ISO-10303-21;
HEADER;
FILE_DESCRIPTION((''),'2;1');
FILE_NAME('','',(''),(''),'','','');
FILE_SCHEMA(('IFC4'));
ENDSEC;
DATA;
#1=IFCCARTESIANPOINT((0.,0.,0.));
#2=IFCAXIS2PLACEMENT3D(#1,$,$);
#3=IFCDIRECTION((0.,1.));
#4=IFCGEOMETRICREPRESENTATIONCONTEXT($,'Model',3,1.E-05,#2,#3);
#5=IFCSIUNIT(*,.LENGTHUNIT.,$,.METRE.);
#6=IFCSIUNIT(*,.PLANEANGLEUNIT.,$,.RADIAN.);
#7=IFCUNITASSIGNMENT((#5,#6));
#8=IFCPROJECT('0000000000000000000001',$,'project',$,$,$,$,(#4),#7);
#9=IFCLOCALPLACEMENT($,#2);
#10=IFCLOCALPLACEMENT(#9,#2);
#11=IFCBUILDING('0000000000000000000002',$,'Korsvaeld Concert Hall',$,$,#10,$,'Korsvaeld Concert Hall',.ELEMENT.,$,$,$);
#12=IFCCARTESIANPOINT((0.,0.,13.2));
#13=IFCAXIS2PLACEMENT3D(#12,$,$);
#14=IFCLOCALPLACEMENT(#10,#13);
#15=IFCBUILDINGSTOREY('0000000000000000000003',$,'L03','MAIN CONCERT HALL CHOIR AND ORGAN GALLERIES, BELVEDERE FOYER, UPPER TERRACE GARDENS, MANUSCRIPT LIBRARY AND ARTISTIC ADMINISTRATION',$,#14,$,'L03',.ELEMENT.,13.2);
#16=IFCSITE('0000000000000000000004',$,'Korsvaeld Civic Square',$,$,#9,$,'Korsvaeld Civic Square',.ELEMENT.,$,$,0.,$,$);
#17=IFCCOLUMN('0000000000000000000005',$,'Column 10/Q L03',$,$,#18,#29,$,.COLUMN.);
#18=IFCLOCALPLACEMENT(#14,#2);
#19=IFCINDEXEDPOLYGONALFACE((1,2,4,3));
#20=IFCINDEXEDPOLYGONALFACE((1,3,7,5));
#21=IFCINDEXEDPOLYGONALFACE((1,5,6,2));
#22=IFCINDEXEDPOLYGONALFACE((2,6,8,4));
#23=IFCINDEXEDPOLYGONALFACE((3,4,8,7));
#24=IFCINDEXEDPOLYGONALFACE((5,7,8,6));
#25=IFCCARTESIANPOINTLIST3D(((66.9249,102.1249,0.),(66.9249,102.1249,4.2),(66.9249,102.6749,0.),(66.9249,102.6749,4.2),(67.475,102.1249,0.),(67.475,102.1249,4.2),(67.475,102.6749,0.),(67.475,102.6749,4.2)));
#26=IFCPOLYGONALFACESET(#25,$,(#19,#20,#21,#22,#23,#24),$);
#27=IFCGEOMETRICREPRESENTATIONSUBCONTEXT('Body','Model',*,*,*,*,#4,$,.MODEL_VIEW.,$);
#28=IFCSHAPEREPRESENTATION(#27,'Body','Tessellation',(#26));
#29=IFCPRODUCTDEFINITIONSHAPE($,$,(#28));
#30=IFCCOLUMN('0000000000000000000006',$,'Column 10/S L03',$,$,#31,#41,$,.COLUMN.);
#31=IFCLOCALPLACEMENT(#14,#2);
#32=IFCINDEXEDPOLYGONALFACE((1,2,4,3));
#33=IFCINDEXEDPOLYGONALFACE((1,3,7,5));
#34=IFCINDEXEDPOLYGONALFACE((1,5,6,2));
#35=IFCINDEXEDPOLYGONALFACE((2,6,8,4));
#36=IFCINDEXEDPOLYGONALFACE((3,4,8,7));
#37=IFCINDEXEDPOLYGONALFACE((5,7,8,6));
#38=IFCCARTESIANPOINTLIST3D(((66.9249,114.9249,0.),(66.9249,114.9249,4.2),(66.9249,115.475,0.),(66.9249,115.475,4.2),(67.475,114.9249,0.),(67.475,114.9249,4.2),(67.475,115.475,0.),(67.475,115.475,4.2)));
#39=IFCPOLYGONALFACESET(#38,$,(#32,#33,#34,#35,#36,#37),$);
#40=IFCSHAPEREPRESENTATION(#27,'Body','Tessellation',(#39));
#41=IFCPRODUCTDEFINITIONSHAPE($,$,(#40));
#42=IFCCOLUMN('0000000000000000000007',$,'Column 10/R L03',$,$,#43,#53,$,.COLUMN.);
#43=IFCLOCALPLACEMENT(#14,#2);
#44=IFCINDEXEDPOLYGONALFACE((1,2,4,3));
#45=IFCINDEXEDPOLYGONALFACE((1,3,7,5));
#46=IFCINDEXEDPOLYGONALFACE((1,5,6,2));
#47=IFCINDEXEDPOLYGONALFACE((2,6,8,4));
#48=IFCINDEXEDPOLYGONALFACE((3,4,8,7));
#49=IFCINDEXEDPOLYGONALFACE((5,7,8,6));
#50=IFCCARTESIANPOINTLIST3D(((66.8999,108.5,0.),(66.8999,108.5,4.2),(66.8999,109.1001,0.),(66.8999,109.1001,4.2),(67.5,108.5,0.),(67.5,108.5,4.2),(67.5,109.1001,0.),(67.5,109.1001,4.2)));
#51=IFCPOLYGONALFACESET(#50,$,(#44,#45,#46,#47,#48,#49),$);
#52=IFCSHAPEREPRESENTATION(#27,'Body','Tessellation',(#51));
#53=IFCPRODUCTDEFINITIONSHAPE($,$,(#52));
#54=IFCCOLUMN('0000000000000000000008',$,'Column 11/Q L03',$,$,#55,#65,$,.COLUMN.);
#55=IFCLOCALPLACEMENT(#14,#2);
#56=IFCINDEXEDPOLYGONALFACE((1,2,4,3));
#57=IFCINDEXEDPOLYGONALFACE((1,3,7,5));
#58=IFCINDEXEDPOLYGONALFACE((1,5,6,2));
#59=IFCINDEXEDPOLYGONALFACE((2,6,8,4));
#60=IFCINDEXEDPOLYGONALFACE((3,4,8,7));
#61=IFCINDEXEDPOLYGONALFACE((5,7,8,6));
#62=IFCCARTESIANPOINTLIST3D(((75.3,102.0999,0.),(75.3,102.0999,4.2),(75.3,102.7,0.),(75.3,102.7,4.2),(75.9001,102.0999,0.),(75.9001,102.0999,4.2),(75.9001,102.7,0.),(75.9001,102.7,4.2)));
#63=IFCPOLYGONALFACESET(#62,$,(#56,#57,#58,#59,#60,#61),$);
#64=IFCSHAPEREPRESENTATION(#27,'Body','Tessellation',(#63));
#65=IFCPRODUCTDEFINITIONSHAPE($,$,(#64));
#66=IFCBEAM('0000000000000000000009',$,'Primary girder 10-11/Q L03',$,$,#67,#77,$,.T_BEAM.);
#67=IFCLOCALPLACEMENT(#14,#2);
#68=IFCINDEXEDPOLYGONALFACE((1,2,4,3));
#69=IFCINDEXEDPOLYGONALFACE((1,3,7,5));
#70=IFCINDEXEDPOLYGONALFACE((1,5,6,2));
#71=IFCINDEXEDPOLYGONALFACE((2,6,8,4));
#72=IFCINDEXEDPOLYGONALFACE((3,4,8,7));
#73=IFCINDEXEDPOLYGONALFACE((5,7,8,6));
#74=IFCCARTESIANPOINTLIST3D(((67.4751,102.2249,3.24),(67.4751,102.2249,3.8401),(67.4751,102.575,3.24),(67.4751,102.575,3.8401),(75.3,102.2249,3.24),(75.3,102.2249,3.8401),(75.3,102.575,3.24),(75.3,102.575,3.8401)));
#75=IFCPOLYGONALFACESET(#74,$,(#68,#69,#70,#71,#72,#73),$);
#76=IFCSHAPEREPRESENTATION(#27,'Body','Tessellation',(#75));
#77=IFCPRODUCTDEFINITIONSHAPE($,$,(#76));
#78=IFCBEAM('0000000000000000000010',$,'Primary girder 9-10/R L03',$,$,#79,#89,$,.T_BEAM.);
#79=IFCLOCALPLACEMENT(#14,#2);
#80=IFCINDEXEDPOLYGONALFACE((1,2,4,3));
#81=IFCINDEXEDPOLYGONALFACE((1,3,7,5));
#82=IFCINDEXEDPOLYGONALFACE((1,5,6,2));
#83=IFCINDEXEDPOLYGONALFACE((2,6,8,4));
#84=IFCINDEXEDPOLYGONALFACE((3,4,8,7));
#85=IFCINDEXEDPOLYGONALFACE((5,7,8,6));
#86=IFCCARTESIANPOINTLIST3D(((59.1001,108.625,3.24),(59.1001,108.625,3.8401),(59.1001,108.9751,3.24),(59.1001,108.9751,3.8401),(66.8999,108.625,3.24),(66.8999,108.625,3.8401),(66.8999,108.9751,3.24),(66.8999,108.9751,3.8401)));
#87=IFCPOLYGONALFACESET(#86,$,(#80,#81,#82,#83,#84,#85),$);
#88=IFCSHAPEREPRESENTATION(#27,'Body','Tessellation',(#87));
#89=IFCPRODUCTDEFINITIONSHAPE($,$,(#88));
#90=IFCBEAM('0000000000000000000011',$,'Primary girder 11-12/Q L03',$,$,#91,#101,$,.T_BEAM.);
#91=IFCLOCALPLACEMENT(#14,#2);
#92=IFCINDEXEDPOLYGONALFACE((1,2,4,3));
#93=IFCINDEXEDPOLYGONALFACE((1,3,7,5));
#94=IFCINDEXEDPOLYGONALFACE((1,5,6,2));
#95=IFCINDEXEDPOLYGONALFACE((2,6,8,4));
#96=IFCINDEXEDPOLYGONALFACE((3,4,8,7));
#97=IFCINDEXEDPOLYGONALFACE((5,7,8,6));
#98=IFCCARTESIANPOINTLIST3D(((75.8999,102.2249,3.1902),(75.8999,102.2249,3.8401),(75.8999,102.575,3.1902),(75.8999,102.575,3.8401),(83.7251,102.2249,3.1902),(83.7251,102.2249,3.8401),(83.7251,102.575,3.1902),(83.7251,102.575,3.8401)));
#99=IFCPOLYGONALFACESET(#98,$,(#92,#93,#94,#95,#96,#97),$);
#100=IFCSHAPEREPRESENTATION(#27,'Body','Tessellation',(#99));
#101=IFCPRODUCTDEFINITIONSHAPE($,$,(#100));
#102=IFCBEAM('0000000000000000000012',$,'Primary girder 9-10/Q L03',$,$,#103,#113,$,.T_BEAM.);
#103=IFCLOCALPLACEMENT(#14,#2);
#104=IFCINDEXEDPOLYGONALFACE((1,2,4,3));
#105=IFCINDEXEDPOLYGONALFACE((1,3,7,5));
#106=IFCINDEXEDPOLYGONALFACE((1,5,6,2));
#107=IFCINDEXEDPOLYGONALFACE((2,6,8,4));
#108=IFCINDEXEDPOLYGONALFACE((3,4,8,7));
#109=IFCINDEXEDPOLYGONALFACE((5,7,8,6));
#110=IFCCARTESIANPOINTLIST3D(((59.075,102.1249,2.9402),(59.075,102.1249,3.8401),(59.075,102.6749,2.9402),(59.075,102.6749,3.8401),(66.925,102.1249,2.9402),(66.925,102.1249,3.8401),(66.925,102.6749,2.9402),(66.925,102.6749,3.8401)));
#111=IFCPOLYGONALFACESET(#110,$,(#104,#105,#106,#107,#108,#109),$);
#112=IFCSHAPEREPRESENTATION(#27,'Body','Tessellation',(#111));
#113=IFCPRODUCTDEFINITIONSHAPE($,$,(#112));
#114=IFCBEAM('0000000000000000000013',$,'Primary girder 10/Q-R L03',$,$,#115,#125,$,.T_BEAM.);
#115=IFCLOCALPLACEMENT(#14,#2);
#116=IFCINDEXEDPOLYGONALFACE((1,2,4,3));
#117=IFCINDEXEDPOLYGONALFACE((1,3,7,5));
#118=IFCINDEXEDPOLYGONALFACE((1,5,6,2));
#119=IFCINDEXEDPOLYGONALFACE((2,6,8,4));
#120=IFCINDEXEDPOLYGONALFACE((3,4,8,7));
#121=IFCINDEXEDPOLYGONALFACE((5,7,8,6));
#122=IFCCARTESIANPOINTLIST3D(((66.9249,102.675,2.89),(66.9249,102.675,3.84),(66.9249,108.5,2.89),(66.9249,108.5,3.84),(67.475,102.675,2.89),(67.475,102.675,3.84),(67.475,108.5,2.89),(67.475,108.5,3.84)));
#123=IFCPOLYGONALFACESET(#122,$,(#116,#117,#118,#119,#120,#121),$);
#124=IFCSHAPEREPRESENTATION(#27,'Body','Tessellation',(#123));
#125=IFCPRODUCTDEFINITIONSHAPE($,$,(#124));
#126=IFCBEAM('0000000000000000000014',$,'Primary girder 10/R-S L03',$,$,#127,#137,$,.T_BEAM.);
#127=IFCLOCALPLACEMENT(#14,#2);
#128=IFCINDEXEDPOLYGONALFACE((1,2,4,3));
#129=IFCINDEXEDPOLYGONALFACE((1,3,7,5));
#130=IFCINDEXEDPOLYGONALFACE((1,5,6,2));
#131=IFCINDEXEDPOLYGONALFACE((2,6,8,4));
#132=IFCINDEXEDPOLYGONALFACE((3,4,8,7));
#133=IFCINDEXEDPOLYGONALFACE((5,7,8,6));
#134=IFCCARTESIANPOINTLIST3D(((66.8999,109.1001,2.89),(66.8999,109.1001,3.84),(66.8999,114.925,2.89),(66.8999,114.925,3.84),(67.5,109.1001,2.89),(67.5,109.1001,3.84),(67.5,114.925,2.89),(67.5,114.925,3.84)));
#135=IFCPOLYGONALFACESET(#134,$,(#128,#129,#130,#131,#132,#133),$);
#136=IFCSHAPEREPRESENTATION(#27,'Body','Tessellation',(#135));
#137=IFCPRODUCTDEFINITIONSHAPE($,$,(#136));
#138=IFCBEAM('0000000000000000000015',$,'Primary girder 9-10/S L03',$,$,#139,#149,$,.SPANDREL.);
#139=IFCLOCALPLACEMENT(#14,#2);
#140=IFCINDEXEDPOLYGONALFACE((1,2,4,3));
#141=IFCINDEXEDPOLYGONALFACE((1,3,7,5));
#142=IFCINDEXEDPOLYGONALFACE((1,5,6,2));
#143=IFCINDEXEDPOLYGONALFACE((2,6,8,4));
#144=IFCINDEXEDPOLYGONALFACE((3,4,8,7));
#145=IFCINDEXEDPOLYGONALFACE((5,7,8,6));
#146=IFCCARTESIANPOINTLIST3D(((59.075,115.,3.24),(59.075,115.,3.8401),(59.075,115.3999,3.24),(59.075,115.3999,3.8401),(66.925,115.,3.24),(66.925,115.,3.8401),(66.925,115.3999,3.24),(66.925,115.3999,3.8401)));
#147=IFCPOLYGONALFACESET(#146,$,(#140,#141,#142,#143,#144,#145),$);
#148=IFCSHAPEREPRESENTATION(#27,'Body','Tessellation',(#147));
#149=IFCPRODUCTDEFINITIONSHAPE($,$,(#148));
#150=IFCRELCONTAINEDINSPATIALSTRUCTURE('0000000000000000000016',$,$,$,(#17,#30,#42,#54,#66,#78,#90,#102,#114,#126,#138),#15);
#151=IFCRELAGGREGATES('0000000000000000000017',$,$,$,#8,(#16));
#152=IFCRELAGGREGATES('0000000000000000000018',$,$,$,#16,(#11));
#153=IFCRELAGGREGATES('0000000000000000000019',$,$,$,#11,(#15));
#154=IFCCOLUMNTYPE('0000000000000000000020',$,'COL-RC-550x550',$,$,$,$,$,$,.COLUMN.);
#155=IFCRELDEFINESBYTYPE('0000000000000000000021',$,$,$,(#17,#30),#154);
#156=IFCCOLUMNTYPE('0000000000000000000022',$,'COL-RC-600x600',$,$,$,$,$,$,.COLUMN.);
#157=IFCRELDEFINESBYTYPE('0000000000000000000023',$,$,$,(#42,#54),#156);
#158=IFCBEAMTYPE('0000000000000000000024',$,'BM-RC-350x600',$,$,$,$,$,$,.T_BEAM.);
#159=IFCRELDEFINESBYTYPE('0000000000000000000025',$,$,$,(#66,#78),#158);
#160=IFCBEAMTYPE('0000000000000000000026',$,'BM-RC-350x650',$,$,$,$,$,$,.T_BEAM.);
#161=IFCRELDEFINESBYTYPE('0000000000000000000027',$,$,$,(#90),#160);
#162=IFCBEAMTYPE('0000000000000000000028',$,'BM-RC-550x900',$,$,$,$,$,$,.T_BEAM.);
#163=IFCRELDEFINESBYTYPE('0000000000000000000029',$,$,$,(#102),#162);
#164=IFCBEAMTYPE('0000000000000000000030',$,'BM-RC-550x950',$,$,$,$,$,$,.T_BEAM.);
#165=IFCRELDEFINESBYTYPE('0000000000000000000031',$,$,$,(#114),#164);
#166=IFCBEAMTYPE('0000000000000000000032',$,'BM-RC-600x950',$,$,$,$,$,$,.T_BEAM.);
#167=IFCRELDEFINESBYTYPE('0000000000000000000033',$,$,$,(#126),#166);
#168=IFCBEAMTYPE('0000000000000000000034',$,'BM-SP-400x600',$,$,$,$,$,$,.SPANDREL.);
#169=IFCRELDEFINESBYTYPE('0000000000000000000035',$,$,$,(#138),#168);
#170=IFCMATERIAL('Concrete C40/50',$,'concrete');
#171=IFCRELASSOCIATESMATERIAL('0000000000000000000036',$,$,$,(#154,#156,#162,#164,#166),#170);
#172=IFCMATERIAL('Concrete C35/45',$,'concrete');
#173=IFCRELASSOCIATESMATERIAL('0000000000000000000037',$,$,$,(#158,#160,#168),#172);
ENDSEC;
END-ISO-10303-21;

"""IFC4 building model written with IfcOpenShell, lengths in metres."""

from ifc_helpers import new_model, si_unit, direction, frame, origin, origin_2d, place, context, subcontext, project, spatial, rectangle, extrude, material, material_profile, profile_set, type_object, element, save


model = new_model("IFC4")

# Units and contexts
model_context = context("Model", 3, precision=1e-05, world=origin(), true_north=direction((0.0, 1.0)))
body_context = subcontext(model_context, "Body", "Model", "MODEL_VIEW")
ifc_project = project(units=[si_unit("LENGTHUNIT", "METRE"), si_unit("PLANEANGLEUNIT", "RADIAN")], contexts=[model_context])

# Site, building, storey
site_placement = place(None, origin())
site = spatial("IfcSite", under=ifc_project, at=site_placement, Name="Korsvaeld Civic Square", LongName="Korsvaeld Civic Square", CompositionType="ELEMENT", RefElevation=0.0)
building_placement = place(site_placement, origin())
building = spatial("IfcBuilding", under=site, at=building_placement, Name="Korsvaeld Concert Hall", LongName="Korsvaeld Concert Hall", CompositionType="ELEMENT")
storey_placement = place(building_placement, frame((0.0, 0.0, 13.2)))
storey = spatial("IfcBuildingStorey", under=building, at=storey_placement, Name="L03", Description="MAIN CONCERT HALL CHOIR AND ORGAN GALLERIES, BELVEDERE FOYER, UPPER TERRACE GARDENS, MANUSCRIPT LIBRARY AND ARTISTIC ADMINISTRATION", LongName="L03", CompositionType="ELEMENT", Elevation=13.2)

# Columns
ifc_material_1 = material(Name="Concrete C40/50", Category="concrete")
ifc_material_profile_1 = material_profile(ifc_material_1, rectangle(XDim=0.55, YDim=0.55, at=origin_2d()), Name="RC 550x550")
ifc_profile_set_1 = profile_set([ifc_material_profile_1], Name="Concrete C40/50")
column_type_1 = type_object("IfcColumnType", Name="COL-RC-550x550", PredefinedType="COLUMN", material=ifc_profile_set_1)
for number, where, z_axis, x_axis, name in (
    (1, (67.2, 102.3999, 0.0), (0.0, 0.0, 1.0), (1.0, 0.0, 0.0), "Column 10/Q L03"),
    (2, (67.2, 115.2, 0.0), (0.0, 0.0, 1.0), (1.0, 0.0, 0.0), "Column 10/S L03"),
):
    element("IfcColumn", number, at=place(storey_placement, frame(where, z_axis=z_axis, x_axis=x_axis)), inside=storey, type_object=column_type_1, Name=name, PredefinedType="COLUMN", context=body_context, shape_type="SweptSolid", body=[
        extrude(rectangle(XDim=0.55, YDim=0.55, at=origin_2d()), origin(), (0.0, 0.0, 1.0), 4.2),
    ])
ifc_material_profile_2 = material_profile(ifc_material_1, rectangle(XDim=0.6001, YDim=0.6001, at=origin_2d()), Name="RC 600x600")
ifc_profile_set_2 = profile_set([ifc_material_profile_2], Name="Concrete C40/50")
column_type_2 = type_object("IfcColumnType", Name="COL-RC-600x600", PredefinedType="COLUMN", material=ifc_profile_set_2)
for number, where, z_axis, x_axis, name in (
    (3, (67.2, 108.8, 0.0), (0.0, 0.0, 1.0), (1.0, 0.0, 0.0), "Column 10/R L03"),
    (4, (75.6001, 102.3999, 0.0), (0.0, 0.0, 1.0), (1.0, 0.0, 0.0), "Column 11/Q L03"),
):
    element("IfcColumn", number, at=place(storey_placement, frame(where, z_axis=z_axis, x_axis=x_axis)), inside=storey, type_object=column_type_2, Name=name, PredefinedType="COLUMN", context=body_context, shape_type="SweptSolid", body=[
        extrude(rectangle(XDim=0.6001, YDim=0.6001, at=origin_2d()), origin(), (0.0, 0.0, 1.0), 4.2),
    ])

# Beams
ifc_material_2 = material(Name="Concrete C35/45", Category="concrete")
ifc_material_profile_3 = material_profile(ifc_material_2, rectangle(XDim=0.3501, YDim=0.6001, at=origin_2d()), Name="RC 350x600")
ifc_profile_set_3 = profile_set([ifc_material_profile_3], Name="Concrete C35/45")
beam_type_1 = type_object("IfcBeamType", Name="BM-RC-350x600", PredefinedType="T_BEAM", material=ifc_profile_set_3)
beam_1_placement = place(storey_placement, frame((67.4751, 102.3999, 3.54), z_axis=(1.0, 0.0, 0.0), x_axis=(0.0, 1.0, 0.0)))
element("IfcBeam", 5, at=beam_1_placement, inside=storey, type_object=beam_type_1, Name="Primary girder 10-11/Q L03", PredefinedType="T_BEAM", context=body_context, shape_type="SweptSolid", body=[
    extrude(rectangle(XDim=0.3501, YDim=0.6001, at=origin_2d()), origin(), (0.0, 0.0, 1.0), 7.825),
])
beam_2_placement = place(storey_placement, frame((59.1001, 108.8, 3.54), z_axis=(1.0, 0.0, 0.0), x_axis=(0.0, 1.0, 0.0)))
element("IfcBeam", 6, at=beam_2_placement, inside=storey, type_object=beam_type_1, Name="Primary girder 9-10/R L03", PredefinedType="T_BEAM", context=body_context, shape_type="SweptSolid", body=[
    extrude(rectangle(XDim=0.3501, YDim=0.6001, at=origin_2d()), origin(), (0.0, 0.0, 1.0), 7.7998),
])
ifc_material_profile_4 = material_profile(ifc_material_2, rectangle(XDim=0.3501, YDim=0.6499, at=origin_2d()), Name="RC 350x650")
ifc_profile_set_4 = profile_set([ifc_material_profile_4], Name="Concrete C35/45")
beam_type_2 = type_object("IfcBeamType", Name="BM-RC-350x650", PredefinedType="T_BEAM", material=ifc_profile_set_4)
beam_3_placement = place(storey_placement, frame((75.8999, 102.3999, 3.5151), z_axis=(1.0, 0.0, 0.0), x_axis=(0.0, 1.0, 0.0)))
element("IfcBeam", 7, at=beam_3_placement, inside=storey, type_object=beam_type_2, Name="Primary girder 11-12/Q L03", PredefinedType="T_BEAM", context=body_context, shape_type="SweptSolid", body=[
    extrude(rectangle(XDim=0.3501, YDim=0.6499, at=origin_2d()), origin(), (0.0, 0.0, 1.0), 7.8252),
])
ifc_material_profile_5 = material_profile(ifc_material_1, rectangle(XDim=0.55, YDim=0.8999, at=origin_2d()), Name="RC 550x900")
ifc_profile_set_5 = profile_set([ifc_material_profile_5], Name="Concrete C40/50")
beam_type_3 = type_object("IfcBeamType", Name="BM-RC-550x900", PredefinedType="T_BEAM", material=ifc_profile_set_5)
beam_4_placement = place(storey_placement, frame((59.075, 102.3999, 3.3901), z_axis=(1.0, 0.0, 0.0), x_axis=(0.0, 1.0, 0.0)))
element("IfcBeam", 8, at=beam_4_placement, inside=storey, type_object=beam_type_3, Name="Primary girder 9-10/Q L03", PredefinedType="T_BEAM", context=body_context, shape_type="SweptSolid", body=[
    extrude(rectangle(XDim=0.55, YDim=0.8999, at=origin_2d()), origin(), (0.0, 0.0, 1.0), 7.8501),
])
ifc_material_profile_6 = material_profile(ifc_material_1, rectangle(XDim=0.55, YDim=0.95, at=origin_2d()), Name="RC 550x950")
ifc_profile_set_6 = profile_set([ifc_material_profile_6], Name="Concrete C40/50")
beam_type_4 = type_object("IfcBeamType", Name="BM-RC-550x950", PredefinedType="T_BEAM", material=ifc_profile_set_6)
beam_5_placement = place(storey_placement, frame((67.2, 102.675, 3.365), z_axis=(0.0, 1.0, 0.0), x_axis=(-1.0, 0.0, 0.0)))
element("IfcBeam", 9, at=beam_5_placement, inside=storey, type_object=beam_type_4, Name="Primary girder 10/Q-R L03", PredefinedType="T_BEAM", context=body_context, shape_type="SweptSolid", body=[
    extrude(rectangle(XDim=0.55, YDim=0.95, at=origin_2d()), origin(), (0.0, 0.0, 1.0), 5.825),
])
ifc_material_profile_7 = material_profile(ifc_material_1, rectangle(XDim=0.6001, YDim=0.95, at=origin_2d()), Name="RC 600x950")
ifc_profile_set_7 = profile_set([ifc_material_profile_7], Name="Concrete C40/50")
beam_type_5 = type_object("IfcBeamType", Name="BM-RC-600x950", PredefinedType="T_BEAM", material=ifc_profile_set_7)
beam_6_placement = place(storey_placement, frame((67.2, 109.1001, 3.365), z_axis=(0.0, 1.0, 0.0), x_axis=(-1.0, 0.0, 0.0)))
element("IfcBeam", 10, at=beam_6_placement, inside=storey, type_object=beam_type_5, Name="Primary girder 10/R-S L03", PredefinedType="T_BEAM", context=body_context, shape_type="SweptSolid", body=[
    extrude(rectangle(XDim=0.6001, YDim=0.95, at=origin_2d()), origin(), (0.0, 0.0, 1.0), 5.825),
])
ifc_material_profile_8 = material_profile(ifc_material_2, rectangle(XDim=0.3999, YDim=0.6001, at=origin_2d()), Name="RC 400x600")
ifc_profile_set_8 = profile_set([ifc_material_profile_8], Name="Concrete C35/45")
beam_type_6 = type_object("IfcBeamType", Name="BM-SP-400x600", PredefinedType="SPANDREL", material=ifc_profile_set_8)
beam_7_placement = place(storey_placement, frame((59.075, 115.2, 3.54), z_axis=(1.0, 0.0, 0.0), x_axis=(0.0, 1.0, 0.0)))
element("IfcBeam", 11, at=beam_7_placement, inside=storey, type_object=beam_type_6, Name="Primary girder 9-10/S L03", PredefinedType="SPANDREL", context=body_context, shape_type="SweptSolid", body=[
    extrude(rectangle(XDim=0.3999, YDim=0.6001, at=origin_2d()), origin(), (0.0, 0.0, 1.0), 7.8501),
])

save(model, "model.ifc")
